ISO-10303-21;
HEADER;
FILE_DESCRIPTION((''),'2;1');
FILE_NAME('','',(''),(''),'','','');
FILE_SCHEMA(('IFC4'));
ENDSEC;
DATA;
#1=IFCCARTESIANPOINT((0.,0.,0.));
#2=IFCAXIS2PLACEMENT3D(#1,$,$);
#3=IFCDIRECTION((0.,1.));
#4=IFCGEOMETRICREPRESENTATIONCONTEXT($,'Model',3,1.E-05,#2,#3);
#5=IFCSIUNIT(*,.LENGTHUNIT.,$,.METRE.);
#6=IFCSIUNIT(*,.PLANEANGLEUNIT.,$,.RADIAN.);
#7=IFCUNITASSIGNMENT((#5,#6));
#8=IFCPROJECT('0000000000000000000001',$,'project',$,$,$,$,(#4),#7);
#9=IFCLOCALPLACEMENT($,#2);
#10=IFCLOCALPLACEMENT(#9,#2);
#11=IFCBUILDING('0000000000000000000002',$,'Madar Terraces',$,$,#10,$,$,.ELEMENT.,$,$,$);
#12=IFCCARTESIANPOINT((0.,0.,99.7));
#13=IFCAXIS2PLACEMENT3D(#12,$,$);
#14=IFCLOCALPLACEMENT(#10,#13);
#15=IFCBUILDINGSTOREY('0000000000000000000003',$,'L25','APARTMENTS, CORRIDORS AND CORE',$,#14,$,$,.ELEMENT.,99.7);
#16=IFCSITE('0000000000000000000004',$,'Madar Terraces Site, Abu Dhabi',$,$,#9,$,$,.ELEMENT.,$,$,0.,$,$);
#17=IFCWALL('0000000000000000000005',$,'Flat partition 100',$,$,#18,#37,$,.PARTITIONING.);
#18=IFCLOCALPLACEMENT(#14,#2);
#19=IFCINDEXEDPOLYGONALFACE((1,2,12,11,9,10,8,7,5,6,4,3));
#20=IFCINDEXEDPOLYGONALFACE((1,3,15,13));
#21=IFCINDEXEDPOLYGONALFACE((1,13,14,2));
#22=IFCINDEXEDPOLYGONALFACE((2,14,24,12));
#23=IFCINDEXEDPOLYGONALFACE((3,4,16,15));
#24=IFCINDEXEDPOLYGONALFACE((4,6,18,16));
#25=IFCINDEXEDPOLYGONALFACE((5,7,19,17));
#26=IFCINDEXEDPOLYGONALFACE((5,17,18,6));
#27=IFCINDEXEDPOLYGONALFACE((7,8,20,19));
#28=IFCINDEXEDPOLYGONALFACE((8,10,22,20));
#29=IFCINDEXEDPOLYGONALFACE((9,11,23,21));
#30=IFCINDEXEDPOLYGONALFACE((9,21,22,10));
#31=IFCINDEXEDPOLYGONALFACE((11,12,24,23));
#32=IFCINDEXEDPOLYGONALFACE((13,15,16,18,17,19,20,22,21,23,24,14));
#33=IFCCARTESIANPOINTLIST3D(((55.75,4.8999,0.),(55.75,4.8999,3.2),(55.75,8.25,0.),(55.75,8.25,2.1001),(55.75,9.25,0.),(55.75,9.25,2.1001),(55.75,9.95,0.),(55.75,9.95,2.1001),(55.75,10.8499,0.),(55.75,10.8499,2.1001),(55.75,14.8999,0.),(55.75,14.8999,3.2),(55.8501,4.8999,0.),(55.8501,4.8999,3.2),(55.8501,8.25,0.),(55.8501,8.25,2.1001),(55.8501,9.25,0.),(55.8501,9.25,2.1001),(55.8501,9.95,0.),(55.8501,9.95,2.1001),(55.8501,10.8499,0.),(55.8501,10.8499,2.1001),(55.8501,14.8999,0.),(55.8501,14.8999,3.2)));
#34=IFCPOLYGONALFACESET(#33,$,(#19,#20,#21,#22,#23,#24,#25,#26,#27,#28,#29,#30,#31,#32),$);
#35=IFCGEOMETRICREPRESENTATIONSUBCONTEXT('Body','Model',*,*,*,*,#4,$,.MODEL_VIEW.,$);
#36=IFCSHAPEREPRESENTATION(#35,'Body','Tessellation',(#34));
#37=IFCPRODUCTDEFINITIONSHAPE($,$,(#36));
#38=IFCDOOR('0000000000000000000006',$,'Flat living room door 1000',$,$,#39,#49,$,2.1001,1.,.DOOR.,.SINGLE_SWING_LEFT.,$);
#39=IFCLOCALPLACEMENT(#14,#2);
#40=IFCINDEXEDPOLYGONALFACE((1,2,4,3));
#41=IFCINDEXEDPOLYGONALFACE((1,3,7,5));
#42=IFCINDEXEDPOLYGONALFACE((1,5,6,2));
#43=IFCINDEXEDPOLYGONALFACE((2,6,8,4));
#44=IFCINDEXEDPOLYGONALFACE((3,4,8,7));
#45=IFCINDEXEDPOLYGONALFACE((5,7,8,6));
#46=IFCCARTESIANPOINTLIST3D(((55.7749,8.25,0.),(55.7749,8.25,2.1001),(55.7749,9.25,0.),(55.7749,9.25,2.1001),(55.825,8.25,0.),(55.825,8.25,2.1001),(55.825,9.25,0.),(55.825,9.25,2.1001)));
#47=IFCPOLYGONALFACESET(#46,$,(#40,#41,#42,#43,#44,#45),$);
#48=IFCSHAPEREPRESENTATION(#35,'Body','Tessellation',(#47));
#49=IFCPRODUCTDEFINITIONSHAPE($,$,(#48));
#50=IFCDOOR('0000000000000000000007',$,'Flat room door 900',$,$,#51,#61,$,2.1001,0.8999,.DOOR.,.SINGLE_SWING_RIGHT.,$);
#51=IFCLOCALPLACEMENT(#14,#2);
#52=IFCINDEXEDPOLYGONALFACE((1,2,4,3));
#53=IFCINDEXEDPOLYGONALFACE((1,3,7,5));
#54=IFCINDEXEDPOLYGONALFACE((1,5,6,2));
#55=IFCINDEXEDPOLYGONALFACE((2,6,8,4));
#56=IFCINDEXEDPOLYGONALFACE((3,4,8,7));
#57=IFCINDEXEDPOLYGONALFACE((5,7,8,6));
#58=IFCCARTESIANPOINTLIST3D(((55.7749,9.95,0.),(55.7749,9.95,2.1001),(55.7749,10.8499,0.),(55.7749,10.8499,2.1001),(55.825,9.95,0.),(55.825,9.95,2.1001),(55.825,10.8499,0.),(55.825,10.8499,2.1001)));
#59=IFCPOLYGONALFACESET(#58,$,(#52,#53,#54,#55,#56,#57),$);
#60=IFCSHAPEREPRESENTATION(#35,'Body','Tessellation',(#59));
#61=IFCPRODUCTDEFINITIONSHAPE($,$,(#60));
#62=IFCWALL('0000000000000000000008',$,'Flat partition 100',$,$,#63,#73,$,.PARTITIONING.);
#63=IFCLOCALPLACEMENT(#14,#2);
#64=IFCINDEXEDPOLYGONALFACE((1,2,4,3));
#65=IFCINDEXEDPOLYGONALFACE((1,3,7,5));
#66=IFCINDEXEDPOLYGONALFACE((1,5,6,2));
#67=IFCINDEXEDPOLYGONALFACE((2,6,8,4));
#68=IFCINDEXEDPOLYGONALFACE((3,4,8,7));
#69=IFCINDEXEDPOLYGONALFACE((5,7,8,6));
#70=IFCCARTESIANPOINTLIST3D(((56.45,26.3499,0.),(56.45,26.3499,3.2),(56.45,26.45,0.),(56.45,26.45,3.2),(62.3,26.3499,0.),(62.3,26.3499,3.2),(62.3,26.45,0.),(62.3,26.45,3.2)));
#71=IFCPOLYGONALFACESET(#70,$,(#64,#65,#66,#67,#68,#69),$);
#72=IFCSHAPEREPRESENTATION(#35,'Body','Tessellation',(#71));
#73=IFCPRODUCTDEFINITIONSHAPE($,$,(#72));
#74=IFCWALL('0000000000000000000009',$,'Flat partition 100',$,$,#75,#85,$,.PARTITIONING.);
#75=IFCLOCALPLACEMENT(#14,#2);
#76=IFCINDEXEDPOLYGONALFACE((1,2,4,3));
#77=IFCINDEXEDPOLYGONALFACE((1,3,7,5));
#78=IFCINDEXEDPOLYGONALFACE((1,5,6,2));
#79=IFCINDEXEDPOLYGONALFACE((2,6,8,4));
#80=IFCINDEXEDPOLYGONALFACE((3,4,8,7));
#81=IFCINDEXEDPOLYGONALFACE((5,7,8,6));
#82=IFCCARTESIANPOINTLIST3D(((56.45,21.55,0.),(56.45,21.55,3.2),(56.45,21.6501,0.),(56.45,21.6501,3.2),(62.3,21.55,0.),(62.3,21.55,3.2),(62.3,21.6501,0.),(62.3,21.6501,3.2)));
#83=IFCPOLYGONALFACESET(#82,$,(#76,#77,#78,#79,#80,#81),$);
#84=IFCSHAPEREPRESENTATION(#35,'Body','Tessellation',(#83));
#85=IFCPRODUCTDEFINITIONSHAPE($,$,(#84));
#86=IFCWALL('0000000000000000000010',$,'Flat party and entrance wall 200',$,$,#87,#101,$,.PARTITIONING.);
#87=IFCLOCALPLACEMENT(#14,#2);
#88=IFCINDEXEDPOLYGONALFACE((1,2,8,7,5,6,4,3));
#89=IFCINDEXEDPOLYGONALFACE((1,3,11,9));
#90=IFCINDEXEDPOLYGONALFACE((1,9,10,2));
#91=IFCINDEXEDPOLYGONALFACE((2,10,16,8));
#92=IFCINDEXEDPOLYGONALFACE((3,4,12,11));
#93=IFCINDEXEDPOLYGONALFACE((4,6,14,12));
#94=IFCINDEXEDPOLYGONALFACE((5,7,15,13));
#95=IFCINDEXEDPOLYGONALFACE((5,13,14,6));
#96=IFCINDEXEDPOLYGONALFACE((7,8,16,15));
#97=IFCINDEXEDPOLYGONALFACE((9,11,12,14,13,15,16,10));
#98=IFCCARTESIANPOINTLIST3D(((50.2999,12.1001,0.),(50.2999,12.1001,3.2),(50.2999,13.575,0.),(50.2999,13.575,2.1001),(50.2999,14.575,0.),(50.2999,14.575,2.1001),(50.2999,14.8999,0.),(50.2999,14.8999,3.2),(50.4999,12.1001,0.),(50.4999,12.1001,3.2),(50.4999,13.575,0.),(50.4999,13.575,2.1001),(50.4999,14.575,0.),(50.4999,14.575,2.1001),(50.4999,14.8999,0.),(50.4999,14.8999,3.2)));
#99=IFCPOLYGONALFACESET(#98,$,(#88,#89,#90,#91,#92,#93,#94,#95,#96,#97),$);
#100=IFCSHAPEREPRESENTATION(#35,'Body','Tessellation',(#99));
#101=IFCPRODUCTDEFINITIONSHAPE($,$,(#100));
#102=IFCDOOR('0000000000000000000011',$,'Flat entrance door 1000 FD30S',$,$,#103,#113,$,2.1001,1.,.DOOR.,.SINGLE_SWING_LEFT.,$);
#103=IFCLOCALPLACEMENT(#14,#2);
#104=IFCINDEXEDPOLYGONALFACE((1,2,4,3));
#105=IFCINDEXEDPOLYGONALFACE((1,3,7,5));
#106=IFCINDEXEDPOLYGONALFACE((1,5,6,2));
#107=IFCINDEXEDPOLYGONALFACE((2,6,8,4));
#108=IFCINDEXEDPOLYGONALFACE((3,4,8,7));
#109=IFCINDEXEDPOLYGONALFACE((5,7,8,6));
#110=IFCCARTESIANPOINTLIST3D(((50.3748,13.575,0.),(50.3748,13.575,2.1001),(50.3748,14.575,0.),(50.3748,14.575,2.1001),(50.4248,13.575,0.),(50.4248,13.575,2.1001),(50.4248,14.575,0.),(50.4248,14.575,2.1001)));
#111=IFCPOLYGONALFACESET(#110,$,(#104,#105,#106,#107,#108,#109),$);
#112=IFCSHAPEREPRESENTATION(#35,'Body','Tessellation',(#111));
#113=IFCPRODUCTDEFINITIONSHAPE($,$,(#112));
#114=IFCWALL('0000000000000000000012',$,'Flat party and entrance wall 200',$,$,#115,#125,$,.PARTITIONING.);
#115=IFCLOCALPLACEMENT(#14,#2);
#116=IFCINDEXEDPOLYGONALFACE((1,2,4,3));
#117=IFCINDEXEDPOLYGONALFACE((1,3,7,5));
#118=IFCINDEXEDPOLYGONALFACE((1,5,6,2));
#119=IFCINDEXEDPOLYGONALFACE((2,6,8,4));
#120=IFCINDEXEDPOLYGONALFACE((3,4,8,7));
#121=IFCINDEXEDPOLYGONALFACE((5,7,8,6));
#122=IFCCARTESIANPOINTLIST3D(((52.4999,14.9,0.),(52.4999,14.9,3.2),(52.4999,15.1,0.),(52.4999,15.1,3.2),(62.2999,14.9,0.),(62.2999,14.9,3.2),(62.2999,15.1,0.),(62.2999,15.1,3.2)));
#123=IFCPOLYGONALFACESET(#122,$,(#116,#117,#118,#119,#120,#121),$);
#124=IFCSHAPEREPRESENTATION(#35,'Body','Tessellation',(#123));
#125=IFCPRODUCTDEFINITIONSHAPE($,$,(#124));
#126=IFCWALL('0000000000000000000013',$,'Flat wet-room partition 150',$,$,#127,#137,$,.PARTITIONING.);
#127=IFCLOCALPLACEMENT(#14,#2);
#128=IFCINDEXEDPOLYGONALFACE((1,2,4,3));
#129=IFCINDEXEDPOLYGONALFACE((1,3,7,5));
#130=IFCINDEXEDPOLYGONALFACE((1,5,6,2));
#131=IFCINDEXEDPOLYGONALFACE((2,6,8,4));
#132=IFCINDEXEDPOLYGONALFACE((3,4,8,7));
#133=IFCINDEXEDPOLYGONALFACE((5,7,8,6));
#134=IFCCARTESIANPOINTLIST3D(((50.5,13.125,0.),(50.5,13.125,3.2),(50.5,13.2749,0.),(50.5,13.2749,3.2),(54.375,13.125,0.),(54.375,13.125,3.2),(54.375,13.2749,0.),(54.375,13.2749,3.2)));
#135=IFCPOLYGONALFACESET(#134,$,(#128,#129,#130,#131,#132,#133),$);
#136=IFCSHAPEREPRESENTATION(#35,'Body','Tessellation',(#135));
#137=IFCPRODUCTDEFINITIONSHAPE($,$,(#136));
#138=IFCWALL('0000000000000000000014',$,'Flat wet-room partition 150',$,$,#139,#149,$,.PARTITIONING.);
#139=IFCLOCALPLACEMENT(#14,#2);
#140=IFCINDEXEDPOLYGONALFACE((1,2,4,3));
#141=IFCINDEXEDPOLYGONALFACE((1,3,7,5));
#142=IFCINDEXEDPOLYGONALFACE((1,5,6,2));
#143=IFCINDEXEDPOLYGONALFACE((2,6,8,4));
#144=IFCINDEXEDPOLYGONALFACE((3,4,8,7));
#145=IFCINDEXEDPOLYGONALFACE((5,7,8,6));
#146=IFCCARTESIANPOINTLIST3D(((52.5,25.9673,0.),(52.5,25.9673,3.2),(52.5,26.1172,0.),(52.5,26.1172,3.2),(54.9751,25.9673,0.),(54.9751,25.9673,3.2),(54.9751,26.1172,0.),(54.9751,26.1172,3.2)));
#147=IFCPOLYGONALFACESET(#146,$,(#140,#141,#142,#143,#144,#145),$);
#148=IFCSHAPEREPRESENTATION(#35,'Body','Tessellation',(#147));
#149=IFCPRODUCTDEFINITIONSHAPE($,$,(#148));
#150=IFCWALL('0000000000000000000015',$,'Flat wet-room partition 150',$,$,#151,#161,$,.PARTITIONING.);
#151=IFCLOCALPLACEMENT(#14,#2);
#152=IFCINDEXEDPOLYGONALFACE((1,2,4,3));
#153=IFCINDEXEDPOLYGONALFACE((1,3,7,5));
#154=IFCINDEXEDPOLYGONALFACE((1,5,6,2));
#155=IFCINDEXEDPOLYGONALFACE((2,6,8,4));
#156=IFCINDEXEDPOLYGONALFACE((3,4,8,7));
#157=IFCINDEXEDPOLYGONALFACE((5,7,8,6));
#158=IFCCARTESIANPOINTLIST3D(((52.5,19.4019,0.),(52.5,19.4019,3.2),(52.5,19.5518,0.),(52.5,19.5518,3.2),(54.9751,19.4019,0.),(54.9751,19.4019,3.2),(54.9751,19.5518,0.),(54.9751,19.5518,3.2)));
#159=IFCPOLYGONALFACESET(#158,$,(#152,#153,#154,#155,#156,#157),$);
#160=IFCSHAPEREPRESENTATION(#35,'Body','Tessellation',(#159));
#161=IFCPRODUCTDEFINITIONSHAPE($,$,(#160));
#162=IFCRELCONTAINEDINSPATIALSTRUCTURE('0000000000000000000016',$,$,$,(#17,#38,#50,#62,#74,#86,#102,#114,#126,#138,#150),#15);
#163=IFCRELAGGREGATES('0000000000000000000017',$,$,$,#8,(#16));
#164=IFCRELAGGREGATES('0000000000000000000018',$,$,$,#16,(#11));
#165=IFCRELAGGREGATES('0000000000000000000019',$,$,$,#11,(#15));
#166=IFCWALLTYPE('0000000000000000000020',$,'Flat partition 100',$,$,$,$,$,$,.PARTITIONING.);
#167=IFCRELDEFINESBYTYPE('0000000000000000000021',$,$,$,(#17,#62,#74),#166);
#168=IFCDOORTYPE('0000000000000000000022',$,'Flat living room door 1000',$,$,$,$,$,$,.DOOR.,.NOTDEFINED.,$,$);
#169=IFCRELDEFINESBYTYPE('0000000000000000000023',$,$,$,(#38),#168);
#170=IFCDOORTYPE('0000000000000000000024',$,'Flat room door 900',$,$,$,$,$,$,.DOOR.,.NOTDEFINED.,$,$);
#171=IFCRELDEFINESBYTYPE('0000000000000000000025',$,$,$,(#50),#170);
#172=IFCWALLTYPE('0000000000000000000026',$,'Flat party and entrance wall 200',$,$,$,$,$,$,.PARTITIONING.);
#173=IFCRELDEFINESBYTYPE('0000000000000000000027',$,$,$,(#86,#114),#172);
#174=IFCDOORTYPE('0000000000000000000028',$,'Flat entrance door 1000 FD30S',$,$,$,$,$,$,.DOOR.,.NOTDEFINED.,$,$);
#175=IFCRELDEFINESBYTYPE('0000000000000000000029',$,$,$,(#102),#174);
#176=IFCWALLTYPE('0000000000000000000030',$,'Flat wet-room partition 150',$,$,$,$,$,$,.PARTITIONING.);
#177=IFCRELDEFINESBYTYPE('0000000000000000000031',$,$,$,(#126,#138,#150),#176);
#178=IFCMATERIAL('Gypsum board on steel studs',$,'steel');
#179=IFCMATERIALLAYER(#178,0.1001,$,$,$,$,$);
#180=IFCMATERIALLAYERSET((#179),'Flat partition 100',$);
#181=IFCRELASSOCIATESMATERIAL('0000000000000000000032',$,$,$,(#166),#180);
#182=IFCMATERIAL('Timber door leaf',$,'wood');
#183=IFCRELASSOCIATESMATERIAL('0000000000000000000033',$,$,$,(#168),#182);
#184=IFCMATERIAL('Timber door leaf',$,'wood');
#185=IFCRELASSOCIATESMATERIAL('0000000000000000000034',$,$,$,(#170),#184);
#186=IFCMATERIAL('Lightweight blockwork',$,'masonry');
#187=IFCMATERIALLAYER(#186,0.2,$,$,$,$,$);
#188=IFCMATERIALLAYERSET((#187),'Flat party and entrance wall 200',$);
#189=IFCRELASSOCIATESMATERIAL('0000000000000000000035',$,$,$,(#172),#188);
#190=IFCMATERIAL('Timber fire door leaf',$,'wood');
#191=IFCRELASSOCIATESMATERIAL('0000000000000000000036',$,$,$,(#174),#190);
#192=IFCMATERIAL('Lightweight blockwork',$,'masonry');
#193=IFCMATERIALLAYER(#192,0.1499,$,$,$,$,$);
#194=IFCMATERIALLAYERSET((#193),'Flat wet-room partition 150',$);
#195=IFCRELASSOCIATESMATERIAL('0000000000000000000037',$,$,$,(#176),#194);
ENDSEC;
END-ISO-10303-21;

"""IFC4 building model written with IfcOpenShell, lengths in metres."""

from ifc_helpers import new_model, si_unit, direction, frame, frame_2d, origin, place, context, subcontext, project, spatial, rectangle, extrude, material, layer, layer_set, type_object, element, fill, save


model = new_model("IFC4")

# Units and contexts
model_context = context("Model", 3, precision=1e-05, world=origin(), true_north=direction((0.0, 1.0)))
body_context = subcontext(model_context, "Body", "Model", "MODEL_VIEW")
ifc_project = project(units=[si_unit("LENGTHUNIT", "METRE"), si_unit("PLANEANGLEUNIT", "RADIAN")], contexts=[model_context])

# Site, building, storey
site_placement = place(None, origin())
site = spatial("IfcSite", under=ifc_project, at=site_placement, Name="Madar Terraces Site, Abu Dhabi", CompositionType="ELEMENT", RefElevation=0.0)
building_placement = place(site_placement, origin())
building = spatial("IfcBuilding", under=site, at=building_placement, Name="Madar Terraces", CompositionType="ELEMENT")
storey_placement = place(building_placement, frame((0.0, 0.0, 99.7)))
storey = spatial("IfcBuildingStorey", under=building, at=storey_placement, Name="L25", Description="APARTMENTS, CORRIDORS AND CORE", CompositionType="ELEMENT", Elevation=99.7)

# Wall, openings, doors
ifc_material_1 = material(Name="Gypsum board on steel studs", Category="steel")
ifc_layer_1 = layer(ifc_material_1, 0.1001)
ifc_layer_set_1 = layer_set([ifc_layer_1], Name="Flat partition 100")
wall_type_1 = type_object("IfcWallType", Name="Flat partition 100", PredefinedType="PARTITIONING", material=ifc_layer_set_1)
wall_1_placement = place(storey_placement, frame((55.8, 14.8999, 0.0), z_axis=(0.0, 0.0, 1.0), x_axis=(0.0, -1.0, 0.0)))
wall_1 = element("IfcWall", 1, at=wall_1_placement, inside=storey, type_object=wall_type_1, Name="Flat partition 100", PredefinedType="PARTITIONING", context=body_context, shape_type="SweptSolid", body=[
    extrude(rectangle(XDim=10.0, YDim=0.1001, at=frame_2d((5.0, 0.0))), origin(), (0.0, 0.0, 1.0), 3.2),
])
opening_1_placement = place(wall_1_placement, frame((4.05, 0.0, 0.0)))
opening_1 = element("IfcOpeningElement", 2, at=opening_1_placement, cuts=wall_1, PredefinedType="OPENING", context=body_context, shape_type="SweptSolid", body=[
    extrude(rectangle(XDim=0.8999, YDim=2.1001, at=frame_2d((0.45, 1.05))), frame((0.0, 0.0601, 0.0), z_axis=(0.0, -1.0, 0.0), x_axis=(1.0, 0.0, 0.0)), (0.0, 0.0, 1.0), 0.1201),
])
opening_2_placement = place(wall_1_placement, frame((5.6499, 0.0, 0.0)))
opening_2 = element("IfcOpeningElement", 3, at=opening_2_placement, cuts=wall_1, PredefinedType="OPENING", context=body_context, shape_type="SweptSolid", body=[
    extrude(rectangle(XDim=1.0, YDim=2.1001, at=frame_2d((0.5, 1.05))), frame((0.0, 0.0601, 0.0), z_axis=(0.0, -1.0, 0.0), x_axis=(1.0, 0.0, 0.0)), (0.0, 0.0, 1.0), 0.1201),
])
ifc_material_2 = material(Name="Timber door leaf", Category="wood")
door_type_1 = type_object("IfcDoorType", Name="Flat living room door 1000", OperationType="NOTDEFINED", PredefinedType="DOOR", material=ifc_material_2)
door_1_placement = place(opening_2_placement, origin())
door_1 = element("IfcDoor", 4, at=door_1_placement, inside=storey, type_object=door_type_1, Name="Flat living room door 1000", OperationType="SINGLE_SWING_LEFT", OverallHeight=2.1001, OverallWidth=1.0, PredefinedType="DOOR", context=body_context, shape_type="SweptSolid", body=[
    extrude(rectangle(XDim=1.0, YDim=2.1001, at=frame_2d((0.5, 1.05))), frame((0.0, 0.0249, 0.0), z_axis=(0.0, -1.0, 0.0), x_axis=(1.0, 0.0, 0.0)), (0.0, 0.0, 1.0), 0.05),
])
fill(opening_2, door_1)
ifc_material_3 = material(Name="Timber door leaf", Category="wood")
door_type_2 = type_object("IfcDoorType", Name="Flat room door 900", OperationType="NOTDEFINED", PredefinedType="DOOR", material=ifc_material_3)
door_2_placement = place(opening_1_placement, origin())
door_2 = element("IfcDoor", 5, at=door_2_placement, inside=storey, type_object=door_type_2, Name="Flat room door 900", OperationType="SINGLE_SWING_RIGHT", OverallHeight=2.1001, OverallWidth=0.8999, PredefinedType="DOOR", context=body_context, shape_type="SweptSolid", body=[
    extrude(rectangle(XDim=0.8999, YDim=2.1001, at=frame_2d((0.45, 1.05))), frame((0.0, 0.0249, 0.0), z_axis=(0.0, -1.0, 0.0), x_axis=(1.0, 0.0, 0.0)), (0.0, 0.0, 1.0), 0.05),
])
fill(opening_1, door_2)

# Walls
for number, where, z_axis, x_axis, name in (
    (6, (56.45, 26.3999, 0.0), (0.0, 0.0, 1.0), (1.0, 0.0, 0.0), "Flat partition 100"),
    (7, (56.45, 21.6001, 0.0), (0.0, 0.0, 1.0), (1.0, 0.0, 0.0), "Flat partition 100"),
):
    element("IfcWall", number, at=place(storey_placement, frame(where, z_axis=z_axis, x_axis=x_axis)), inside=storey, type_object=wall_type_1, Name=name, PredefinedType="PARTITIONING", context=body_context, shape_type="SweptSolid", body=[
        extrude(rectangle(XDim=5.8501, YDim=0.1001, at=frame_2d((2.925, 0.0))), origin(), (0.0, 0.0, 1.0), 3.2),
    ])

# Wall, opening, door
ifc_material_4 = material(Name="Lightweight blockwork", Category="masonry")
ifc_layer_2 = layer(ifc_material_4, 0.2)
ifc_layer_set_2 = layer_set([ifc_layer_2], Name="Flat party and entrance wall 200")
wall_type_2 = type_object("IfcWallType", Name="Flat party and entrance wall 200", PredefinedType="PARTITIONING", material=ifc_layer_set_2)
wall_2_placement = place(storey_placement, frame((50.3999, 14.8999, 0.0), z_axis=(0.0, 0.0, 1.0), x_axis=(0.0, -1.0, 0.0)))
wall_2 = element("IfcWall", 8, at=wall_2_placement, inside=storey, type_object=wall_type_2, Name="Flat party and entrance wall 200", PredefinedType="PARTITIONING", context=body_context, shape_type="SweptSolid", body=[
    extrude(rectangle(XDim=2.7998, YDim=0.2, at=frame_2d((1.3999, 0.0))), origin(), (0.0, 0.0, 1.0), 3.2),
])
opening_3_placement = place(wall_2_placement, frame((0.325, 0.0, 0.0)))
opening_3 = element("IfcOpeningElement", 9, at=opening_3_placement, cuts=wall_2, PredefinedType="OPENING", context=body_context, shape_type="SweptSolid", body=[
    extrude(rectangle(XDim=1.0, YDim=2.1001, at=frame_2d((0.5, 1.05))), frame((0.0, 0.1099, 0.0), z_axis=(0.0, -1.0, 0.0), x_axis=(1.0, 0.0, 0.0)), (0.0, 0.0, 1.0), 0.22),
])
ifc_material_5 = material(Name="Timber fire door leaf", Category="wood")
door_type_3 = type_object("IfcDoorType", Name="Flat entrance door 1000 FD30S", OperationType="NOTDEFINED", PredefinedType="DOOR", material=ifc_material_5)
door_3_placement = place(opening_3_placement, origin())
door_3 = element("IfcDoor", 10, at=door_3_placement, inside=storey, type_object=door_type_3, Name="Flat entrance door 1000 FD30S", OperationType="SINGLE_SWING_LEFT", OverallHeight=2.1001, OverallWidth=1.0, PredefinedType="DOOR", context=body_context, shape_type="SweptSolid", body=[
    extrude(rectangle(XDim=1.0, YDim=2.1001, at=frame_2d((0.5, 1.05))), frame((0.0, 0.0249, 0.0), z_axis=(0.0, -1.0, 0.0), x_axis=(1.0, 0.0, 0.0)), (0.0, 0.0, 1.0), 0.05),
])
fill(opening_3, door_3)

# Walls
wall_3_placement = place(storey_placement, frame((52.5, 15.0, 0.0), z_axis=(0.0, 0.0, 1.0), x_axis=(1.0, 0.0, 0.0)))
element("IfcWall", 11, at=wall_3_placement, inside=storey, type_object=wall_type_2, Name="Flat party and entrance wall 200", PredefinedType="PARTITIONING", context=body_context, shape_type="SweptSolid", body=[
    extrude(rectangle(XDim=9.8, YDim=0.2, at=frame_2d((4.8999, 0.0))), origin(), (0.0, 0.0, 1.0), 3.2),
])
ifc_material_6 = material(Name="Lightweight blockwork", Category="masonry")
ifc_layer_3 = layer(ifc_material_6, 0.1499)
ifc_layer_set_3 = layer_set([ifc_layer_3], Name="Flat wet-room partition 150")
wall_type_3 = type_object("IfcWallType", Name="Flat wet-room partition 150", PredefinedType="PARTITIONING", material=ifc_layer_set_3)
wall_4_placement = place(storey_placement, frame((50.5, 13.2, 0.0), z_axis=(0.0, 0.0, 1.0), x_axis=(1.0, 0.0, 0.0)))
element("IfcWall", 12, at=wall_4_placement, inside=storey, type_object=wall_type_3, Name="Flat wet-room partition 150", PredefinedType="PARTITIONING", context=body_context, shape_type="SweptSolid", body=[
    extrude(rectangle(XDim=3.875, YDim=0.1499, at=frame_2d((1.9375, 0.0))), origin(), (0.0, 0.0, 1.0), 3.2),
])
for number, where, z_axis, x_axis, name in (
    (13, (52.5, 26.0422, 0.0), (0.0, 0.0, 1.0), (1.0, 0.0, 0.0), "Flat wet-room partition 150"),
    (14, (52.5, 19.4768, 0.0), (0.0, 0.0, 1.0), (1.0, 0.0, 0.0), "Flat wet-room partition 150"),
):
    element("IfcWall", number, at=place(storey_placement, frame(where, z_axis=z_axis, x_axis=x_axis)), inside=storey, type_object=wall_type_3, Name=name, PredefinedType="PARTITIONING", context=body_context, shape_type="SweptSolid", body=[
        extrude(rectangle(XDim=2.4751, YDim=0.1499, at=frame_2d((1.2375, 0.0))), origin(), (0.0, 0.0, 1.0), 3.2),
    ])

save(model, "model.ifc")
